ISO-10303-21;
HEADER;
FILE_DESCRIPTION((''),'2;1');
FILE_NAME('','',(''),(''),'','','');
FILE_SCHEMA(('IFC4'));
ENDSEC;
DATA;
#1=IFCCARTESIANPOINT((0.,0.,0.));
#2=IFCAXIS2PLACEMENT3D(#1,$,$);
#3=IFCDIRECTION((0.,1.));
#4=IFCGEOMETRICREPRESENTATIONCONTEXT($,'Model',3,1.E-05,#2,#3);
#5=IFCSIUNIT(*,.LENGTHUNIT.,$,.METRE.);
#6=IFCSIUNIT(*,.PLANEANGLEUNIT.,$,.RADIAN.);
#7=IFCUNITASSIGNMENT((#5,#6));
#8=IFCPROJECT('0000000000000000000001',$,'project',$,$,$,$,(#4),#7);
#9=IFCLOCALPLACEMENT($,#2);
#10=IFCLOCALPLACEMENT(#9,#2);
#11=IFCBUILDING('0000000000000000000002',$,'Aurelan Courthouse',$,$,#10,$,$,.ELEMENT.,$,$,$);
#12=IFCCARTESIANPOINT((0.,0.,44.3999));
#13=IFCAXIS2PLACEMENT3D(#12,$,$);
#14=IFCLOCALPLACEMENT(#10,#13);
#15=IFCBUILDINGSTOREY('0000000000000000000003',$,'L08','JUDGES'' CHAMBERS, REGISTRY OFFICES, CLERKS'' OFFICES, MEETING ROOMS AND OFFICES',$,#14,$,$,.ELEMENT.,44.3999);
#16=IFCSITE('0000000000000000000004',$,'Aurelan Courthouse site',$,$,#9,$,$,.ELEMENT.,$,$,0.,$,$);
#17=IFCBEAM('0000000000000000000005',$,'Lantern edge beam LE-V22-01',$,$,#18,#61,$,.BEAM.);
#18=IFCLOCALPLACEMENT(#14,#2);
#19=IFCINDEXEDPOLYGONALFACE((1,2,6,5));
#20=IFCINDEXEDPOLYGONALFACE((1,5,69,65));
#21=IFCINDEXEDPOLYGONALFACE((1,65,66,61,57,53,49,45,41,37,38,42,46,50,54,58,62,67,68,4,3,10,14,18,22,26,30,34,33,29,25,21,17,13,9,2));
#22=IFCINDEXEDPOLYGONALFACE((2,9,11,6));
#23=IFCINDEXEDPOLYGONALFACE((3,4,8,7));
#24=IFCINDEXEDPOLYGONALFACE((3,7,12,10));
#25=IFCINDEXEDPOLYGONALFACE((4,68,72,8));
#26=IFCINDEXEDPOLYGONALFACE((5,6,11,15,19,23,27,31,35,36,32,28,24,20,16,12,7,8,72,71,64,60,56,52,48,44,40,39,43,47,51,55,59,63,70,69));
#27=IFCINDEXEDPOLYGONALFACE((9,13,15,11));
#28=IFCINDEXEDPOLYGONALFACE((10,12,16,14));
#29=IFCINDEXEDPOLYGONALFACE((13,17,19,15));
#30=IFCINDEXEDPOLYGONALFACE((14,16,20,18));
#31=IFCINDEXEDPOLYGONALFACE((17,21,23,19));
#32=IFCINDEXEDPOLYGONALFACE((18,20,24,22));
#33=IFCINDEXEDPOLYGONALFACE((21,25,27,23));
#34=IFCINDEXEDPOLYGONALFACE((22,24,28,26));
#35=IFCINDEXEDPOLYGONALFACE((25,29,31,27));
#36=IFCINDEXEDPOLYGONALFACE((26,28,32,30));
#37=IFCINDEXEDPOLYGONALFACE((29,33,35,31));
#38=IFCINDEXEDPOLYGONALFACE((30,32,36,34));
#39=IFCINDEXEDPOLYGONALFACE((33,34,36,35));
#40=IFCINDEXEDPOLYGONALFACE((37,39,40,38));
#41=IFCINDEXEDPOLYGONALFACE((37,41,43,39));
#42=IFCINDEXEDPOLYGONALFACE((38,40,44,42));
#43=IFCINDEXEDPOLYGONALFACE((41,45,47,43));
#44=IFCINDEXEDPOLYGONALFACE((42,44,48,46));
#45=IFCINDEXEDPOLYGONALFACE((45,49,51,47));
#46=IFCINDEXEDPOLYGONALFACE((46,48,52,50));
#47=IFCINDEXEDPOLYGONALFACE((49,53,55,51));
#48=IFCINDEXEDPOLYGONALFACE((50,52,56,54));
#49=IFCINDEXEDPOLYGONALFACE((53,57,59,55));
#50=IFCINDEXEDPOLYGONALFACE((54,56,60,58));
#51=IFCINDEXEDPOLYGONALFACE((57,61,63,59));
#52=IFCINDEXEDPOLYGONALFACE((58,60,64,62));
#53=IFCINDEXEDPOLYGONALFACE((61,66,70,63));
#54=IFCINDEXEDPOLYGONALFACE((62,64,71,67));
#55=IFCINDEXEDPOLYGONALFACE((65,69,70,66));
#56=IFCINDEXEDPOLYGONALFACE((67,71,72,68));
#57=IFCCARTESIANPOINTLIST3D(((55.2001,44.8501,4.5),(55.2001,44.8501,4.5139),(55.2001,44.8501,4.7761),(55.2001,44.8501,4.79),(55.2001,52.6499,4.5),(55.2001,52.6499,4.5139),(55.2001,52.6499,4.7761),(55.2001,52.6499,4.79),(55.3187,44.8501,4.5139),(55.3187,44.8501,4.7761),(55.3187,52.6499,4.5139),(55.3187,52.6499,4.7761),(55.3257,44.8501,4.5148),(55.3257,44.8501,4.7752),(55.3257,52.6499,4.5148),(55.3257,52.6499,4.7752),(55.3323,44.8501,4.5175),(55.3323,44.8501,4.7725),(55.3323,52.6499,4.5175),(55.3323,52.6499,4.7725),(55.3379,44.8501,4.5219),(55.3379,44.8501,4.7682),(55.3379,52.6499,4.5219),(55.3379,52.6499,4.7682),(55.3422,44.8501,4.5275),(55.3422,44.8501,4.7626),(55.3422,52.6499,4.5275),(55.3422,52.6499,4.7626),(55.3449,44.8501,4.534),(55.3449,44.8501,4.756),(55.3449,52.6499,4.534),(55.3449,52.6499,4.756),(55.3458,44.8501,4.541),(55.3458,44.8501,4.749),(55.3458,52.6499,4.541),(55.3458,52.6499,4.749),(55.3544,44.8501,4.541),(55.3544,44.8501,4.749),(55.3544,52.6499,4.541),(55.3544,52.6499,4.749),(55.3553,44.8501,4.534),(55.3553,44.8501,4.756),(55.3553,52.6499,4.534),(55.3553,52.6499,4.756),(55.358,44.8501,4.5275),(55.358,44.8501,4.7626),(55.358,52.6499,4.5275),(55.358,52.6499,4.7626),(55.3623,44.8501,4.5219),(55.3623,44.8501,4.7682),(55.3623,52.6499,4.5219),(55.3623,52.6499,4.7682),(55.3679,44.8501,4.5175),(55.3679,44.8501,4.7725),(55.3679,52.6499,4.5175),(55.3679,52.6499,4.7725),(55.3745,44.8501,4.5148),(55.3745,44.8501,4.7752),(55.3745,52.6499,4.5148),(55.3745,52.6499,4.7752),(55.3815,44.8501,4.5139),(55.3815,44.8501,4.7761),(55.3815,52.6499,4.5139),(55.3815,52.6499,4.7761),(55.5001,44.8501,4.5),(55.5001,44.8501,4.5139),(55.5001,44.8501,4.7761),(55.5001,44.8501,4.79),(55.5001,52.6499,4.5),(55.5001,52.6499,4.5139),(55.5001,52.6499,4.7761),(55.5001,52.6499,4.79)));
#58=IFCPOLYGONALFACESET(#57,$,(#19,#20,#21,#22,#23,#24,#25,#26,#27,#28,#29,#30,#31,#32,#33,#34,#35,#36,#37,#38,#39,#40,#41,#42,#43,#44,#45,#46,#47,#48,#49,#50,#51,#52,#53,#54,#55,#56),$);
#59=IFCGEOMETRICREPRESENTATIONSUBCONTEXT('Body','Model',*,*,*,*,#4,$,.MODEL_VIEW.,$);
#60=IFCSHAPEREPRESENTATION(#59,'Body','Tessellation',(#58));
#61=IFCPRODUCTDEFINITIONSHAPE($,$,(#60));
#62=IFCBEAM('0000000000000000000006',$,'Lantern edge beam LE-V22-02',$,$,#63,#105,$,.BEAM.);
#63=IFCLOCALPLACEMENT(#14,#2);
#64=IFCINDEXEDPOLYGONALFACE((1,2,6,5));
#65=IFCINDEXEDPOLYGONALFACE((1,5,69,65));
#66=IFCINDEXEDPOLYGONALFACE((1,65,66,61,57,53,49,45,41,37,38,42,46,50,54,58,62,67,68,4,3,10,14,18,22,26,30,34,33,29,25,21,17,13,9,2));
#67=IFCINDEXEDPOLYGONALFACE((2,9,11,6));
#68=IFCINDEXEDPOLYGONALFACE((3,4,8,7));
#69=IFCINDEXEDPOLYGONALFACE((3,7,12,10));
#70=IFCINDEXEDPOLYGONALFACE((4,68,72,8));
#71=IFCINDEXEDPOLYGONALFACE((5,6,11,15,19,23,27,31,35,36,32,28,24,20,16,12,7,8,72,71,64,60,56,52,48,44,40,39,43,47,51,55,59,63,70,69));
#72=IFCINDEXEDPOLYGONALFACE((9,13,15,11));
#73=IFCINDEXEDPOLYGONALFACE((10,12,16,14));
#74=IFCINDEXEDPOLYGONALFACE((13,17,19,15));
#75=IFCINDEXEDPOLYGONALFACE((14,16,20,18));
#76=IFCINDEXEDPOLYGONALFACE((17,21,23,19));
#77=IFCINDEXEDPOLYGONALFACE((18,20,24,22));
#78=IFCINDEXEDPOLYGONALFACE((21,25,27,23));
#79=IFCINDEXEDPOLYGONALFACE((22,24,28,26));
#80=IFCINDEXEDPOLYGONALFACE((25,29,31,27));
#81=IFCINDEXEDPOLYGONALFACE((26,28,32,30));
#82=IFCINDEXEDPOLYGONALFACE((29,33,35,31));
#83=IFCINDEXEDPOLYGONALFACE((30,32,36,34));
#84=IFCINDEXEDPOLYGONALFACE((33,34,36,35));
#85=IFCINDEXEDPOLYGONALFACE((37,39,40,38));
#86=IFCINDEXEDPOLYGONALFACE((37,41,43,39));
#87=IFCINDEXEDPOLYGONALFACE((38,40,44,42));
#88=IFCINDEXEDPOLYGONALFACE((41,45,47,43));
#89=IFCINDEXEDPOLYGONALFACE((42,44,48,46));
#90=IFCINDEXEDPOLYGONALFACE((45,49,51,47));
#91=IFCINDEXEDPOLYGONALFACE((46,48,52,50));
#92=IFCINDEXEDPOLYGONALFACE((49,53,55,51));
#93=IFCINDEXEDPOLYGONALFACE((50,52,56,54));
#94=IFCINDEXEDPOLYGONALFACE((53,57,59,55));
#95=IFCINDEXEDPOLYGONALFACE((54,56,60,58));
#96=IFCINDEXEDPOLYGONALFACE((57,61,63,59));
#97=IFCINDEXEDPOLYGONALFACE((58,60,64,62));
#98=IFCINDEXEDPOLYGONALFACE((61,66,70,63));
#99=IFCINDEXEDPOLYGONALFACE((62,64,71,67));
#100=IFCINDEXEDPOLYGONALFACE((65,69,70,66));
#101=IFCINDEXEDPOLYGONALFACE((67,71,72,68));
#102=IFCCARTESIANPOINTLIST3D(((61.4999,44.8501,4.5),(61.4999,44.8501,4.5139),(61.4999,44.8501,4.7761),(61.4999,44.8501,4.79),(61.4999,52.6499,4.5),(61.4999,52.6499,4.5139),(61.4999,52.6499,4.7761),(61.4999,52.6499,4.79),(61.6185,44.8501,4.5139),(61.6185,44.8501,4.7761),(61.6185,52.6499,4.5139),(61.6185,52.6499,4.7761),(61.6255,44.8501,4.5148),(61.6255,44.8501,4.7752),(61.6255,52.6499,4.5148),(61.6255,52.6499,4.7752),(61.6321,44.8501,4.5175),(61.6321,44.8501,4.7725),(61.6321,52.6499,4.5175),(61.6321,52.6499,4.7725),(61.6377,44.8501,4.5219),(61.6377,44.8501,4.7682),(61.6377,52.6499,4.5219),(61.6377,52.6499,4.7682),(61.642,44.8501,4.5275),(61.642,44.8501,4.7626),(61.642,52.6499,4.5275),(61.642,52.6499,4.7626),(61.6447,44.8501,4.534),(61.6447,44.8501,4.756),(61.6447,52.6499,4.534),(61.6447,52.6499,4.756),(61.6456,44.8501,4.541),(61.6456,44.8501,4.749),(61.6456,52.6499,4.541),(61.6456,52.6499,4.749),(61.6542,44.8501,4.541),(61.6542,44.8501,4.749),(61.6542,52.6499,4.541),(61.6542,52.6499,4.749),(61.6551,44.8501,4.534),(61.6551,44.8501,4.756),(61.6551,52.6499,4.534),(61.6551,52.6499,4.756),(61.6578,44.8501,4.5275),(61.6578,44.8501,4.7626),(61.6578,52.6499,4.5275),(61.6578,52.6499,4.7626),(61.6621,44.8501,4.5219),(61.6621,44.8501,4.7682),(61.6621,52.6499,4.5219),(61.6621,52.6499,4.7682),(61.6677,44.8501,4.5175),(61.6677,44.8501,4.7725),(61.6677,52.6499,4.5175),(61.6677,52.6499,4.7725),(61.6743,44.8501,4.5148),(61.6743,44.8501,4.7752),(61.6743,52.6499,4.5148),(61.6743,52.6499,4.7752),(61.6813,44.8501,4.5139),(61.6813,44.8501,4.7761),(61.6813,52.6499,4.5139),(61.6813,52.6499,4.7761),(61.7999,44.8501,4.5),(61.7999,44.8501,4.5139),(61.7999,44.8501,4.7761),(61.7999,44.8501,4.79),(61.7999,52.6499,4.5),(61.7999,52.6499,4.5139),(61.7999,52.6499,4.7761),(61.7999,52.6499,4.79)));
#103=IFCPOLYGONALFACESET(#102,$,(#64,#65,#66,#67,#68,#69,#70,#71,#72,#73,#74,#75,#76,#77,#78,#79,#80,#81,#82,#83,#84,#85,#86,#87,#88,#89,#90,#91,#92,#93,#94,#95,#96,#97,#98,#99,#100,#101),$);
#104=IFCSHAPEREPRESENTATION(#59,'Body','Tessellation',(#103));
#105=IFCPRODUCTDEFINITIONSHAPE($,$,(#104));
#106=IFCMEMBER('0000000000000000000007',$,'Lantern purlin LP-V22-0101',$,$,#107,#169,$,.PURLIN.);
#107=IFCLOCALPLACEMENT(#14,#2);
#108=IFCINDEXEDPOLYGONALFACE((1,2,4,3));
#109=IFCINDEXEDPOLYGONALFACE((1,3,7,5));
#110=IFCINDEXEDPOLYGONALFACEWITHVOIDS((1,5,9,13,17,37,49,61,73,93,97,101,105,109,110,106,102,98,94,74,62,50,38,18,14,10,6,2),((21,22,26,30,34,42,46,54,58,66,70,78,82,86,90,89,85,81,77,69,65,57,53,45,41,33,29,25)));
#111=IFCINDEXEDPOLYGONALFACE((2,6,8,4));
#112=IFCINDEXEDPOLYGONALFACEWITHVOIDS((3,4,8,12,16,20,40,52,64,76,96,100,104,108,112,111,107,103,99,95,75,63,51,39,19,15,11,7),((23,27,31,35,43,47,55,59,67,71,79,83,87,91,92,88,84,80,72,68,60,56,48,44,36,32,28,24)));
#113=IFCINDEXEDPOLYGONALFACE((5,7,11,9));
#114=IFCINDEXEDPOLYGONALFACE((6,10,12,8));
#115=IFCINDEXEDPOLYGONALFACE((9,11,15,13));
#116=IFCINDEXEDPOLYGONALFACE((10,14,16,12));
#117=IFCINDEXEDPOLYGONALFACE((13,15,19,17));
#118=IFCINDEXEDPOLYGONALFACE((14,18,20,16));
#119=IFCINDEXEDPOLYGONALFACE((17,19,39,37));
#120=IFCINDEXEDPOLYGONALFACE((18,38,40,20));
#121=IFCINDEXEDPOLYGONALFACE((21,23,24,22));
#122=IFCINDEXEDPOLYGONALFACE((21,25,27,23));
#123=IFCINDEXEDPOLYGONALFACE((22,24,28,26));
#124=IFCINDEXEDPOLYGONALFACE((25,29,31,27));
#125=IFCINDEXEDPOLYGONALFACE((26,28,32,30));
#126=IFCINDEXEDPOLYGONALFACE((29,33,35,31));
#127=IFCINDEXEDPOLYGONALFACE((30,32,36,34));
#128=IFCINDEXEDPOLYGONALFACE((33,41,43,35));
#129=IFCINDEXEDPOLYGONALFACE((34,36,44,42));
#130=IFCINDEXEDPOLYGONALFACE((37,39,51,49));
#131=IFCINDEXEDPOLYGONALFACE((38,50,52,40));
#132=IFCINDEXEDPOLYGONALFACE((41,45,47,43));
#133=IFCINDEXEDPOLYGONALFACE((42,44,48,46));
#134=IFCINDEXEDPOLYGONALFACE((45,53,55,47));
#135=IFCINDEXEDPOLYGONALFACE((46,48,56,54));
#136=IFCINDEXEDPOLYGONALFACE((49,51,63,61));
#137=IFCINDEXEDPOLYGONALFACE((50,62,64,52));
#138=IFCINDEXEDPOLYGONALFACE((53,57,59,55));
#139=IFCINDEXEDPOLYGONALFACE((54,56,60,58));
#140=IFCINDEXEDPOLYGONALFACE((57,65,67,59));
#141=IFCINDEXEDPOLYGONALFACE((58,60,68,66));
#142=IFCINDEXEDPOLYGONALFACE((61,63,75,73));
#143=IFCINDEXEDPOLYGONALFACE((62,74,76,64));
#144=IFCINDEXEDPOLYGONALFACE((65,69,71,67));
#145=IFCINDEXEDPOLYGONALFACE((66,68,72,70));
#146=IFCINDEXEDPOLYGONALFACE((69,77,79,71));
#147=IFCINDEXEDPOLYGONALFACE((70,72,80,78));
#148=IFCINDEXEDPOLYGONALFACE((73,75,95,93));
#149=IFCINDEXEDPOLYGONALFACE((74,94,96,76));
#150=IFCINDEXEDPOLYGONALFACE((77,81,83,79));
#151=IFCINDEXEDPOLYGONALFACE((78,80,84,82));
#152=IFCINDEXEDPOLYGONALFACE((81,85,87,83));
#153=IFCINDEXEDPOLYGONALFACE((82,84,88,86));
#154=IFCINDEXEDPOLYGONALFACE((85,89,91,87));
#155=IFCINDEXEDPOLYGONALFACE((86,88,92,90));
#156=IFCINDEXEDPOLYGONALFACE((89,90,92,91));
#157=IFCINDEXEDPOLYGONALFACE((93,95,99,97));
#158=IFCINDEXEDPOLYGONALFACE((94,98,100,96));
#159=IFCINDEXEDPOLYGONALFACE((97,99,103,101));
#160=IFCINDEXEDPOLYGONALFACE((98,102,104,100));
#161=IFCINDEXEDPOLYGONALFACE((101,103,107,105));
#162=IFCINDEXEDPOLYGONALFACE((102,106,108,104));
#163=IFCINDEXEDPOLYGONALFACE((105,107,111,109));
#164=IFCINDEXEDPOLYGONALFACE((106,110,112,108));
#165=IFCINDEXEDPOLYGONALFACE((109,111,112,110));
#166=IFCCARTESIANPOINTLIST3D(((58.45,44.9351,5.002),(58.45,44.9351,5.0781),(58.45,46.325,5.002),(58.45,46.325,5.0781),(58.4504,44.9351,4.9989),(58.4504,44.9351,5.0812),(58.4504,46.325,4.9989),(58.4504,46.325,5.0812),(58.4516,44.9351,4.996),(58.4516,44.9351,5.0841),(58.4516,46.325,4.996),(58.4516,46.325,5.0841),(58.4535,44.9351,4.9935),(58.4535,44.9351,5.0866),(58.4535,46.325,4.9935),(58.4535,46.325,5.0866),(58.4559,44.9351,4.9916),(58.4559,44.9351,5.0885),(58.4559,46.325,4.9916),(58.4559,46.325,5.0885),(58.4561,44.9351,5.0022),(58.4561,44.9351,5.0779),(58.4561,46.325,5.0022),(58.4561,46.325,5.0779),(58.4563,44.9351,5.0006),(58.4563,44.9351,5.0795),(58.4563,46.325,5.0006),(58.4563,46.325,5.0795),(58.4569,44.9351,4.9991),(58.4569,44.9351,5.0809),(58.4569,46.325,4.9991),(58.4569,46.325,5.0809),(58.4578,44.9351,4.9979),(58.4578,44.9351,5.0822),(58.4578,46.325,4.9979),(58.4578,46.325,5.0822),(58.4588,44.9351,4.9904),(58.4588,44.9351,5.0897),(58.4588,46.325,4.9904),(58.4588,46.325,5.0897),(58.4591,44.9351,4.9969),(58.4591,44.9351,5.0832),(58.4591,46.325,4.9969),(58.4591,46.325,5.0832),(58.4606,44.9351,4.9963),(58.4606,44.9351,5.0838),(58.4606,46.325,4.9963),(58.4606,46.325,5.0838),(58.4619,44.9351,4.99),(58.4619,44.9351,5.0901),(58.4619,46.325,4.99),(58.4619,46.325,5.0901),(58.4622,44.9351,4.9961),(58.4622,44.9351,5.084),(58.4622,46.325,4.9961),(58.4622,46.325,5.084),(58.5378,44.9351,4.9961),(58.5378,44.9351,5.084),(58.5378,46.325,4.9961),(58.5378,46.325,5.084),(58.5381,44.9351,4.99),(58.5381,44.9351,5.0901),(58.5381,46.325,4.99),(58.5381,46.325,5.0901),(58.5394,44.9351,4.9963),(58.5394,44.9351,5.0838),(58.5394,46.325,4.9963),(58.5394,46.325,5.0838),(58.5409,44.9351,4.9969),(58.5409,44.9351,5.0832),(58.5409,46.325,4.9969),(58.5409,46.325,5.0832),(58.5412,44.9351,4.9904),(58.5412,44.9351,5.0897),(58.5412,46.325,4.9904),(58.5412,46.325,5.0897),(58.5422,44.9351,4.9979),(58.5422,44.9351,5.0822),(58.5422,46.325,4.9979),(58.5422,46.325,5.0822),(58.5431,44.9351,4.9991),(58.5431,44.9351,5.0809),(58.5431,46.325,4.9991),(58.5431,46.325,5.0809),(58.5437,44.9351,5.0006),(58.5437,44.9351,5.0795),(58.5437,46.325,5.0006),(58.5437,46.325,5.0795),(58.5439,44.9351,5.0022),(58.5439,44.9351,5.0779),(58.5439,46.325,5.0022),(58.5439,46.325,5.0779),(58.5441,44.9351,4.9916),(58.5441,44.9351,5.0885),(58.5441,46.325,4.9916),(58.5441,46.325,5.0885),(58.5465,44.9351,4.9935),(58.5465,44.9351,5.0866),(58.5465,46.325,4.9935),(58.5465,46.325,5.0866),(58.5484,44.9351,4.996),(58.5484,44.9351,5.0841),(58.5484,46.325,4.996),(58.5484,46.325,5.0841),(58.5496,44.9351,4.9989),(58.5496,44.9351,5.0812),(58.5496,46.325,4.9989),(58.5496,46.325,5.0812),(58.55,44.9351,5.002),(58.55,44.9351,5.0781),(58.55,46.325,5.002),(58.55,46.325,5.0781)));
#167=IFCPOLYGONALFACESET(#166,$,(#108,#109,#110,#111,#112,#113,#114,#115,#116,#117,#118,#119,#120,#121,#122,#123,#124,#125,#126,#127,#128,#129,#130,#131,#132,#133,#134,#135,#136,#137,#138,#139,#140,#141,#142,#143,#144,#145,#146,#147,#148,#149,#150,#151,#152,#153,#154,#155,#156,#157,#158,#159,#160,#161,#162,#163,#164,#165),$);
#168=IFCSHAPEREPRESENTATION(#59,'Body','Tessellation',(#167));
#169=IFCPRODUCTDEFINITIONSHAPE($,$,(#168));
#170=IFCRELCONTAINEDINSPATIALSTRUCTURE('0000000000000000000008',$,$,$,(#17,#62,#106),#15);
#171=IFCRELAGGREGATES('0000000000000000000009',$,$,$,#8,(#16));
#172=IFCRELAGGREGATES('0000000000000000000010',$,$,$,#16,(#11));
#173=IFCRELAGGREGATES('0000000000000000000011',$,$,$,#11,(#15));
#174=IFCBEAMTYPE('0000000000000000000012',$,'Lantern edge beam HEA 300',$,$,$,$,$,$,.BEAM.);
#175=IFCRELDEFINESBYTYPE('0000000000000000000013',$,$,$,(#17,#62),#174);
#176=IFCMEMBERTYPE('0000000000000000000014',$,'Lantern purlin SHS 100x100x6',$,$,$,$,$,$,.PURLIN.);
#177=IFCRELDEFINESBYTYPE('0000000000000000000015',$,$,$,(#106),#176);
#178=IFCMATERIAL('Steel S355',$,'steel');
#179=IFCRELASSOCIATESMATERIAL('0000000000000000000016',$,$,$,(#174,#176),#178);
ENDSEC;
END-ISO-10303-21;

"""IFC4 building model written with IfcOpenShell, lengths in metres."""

from ifc_helpers import new_model, si_unit, direction, frame, origin, origin_2d, place, context, subcontext, project, spatial, hollow_rectangle, i_section, extrude, material, material_profile, profile_set, type_object, element, save


model = new_model("IFC4")

# Units and contexts
model_context = context("Model", 3, precision=1e-05, world=origin(), true_north=direction((0.0, 1.0)))
body_context = subcontext(model_context, "Body", "Model", "MODEL_VIEW")
ifc_project = project(units=[si_unit("LENGTHUNIT", "METRE"), si_unit("PLANEANGLEUNIT", "RADIAN")], contexts=[model_context])

# Site, building, storey
site_placement = place(None, origin())
site = spatial("IfcSite", under=ifc_project, at=site_placement, Name="Aurelan Courthouse site", CompositionType="ELEMENT", RefElevation=0.0)
building_placement = place(site_placement, origin())
building = spatial("IfcBuilding", under=site, at=building_placement, Name="Aurelan Courthouse", CompositionType="ELEMENT")
storey_placement = place(building_placement, frame((0.0, 0.0, 44.3999)))
storey = spatial("IfcBuildingStorey", under=building, at=storey_placement, Name="L08", Description="JUDGES' CHAMBERS, REGISTRY OFFICES, CLERKS' OFFICES, MEETING ROOMS AND OFFICES", CompositionType="ELEMENT", Elevation=44.3999)

# Beams
ifc_material_1 = material(Name="Steel S355", Category="steel")
ifc_material_profile_1 = material_profile(ifc_material_1, i_section(OverallWidth=0.3, OverallDepth=0.29, WebThickness=0.0085, FlangeThickness=0.0139, FilletRadius=0.0271, at=origin_2d()), Name="HEA 300")
ifc_profile_set_1 = profile_set([ifc_material_profile_1], Name="Steel S355")
beam_type_1 = type_object("IfcBeamType", Name="Lantern edge beam HEA 300", PredefinedType="BEAM", material=ifc_profile_set_1)
for number, where, z_axis, x_axis, name in (
    (1, (55.3501, 44.8501, 4.645), (0.0, 1.0, 0.0), (-1.0, 0.0, 0.0), "Lantern edge beam LE-V22-01"),
    (2, (61.6499, 44.8501, 4.645), (0.0, 1.0, 0.0), (-1.0, 0.0, 0.0), "Lantern edge beam LE-V22-02"),
):
    element("IfcBeam", number, at=place(storey_placement, frame(where, z_axis=z_axis, x_axis=x_axis)), inside=storey, type_object=beam_type_1, Name=name, PredefinedType="BEAM", context=body_context, shape_type="SweptSolid", body=[
        extrude(i_section(OverallWidth=0.3, OverallDepth=0.29, WebThickness=0.0085, FlangeThickness=0.0139, FilletRadius=0.0271, at=origin_2d()), origin(), (0.0, 0.0, 1.0), 7.7998),
    ])

# Member
ifc_material_profile_2 = material_profile(ifc_material_1, hollow_rectangle(XDim=0.1001, YDim=0.1001, WallThickness=0.0061, InnerFilletRadius=0.0061, OuterFilletRadius=0.012, at=origin_2d()), Name="SHS 100x100x6")
ifc_profile_set_2 = profile_set([ifc_material_profile_2], Name="Steel S355")
member_type_1 = type_object("IfcMemberType", Name="Lantern purlin SHS 100x100x6", PredefinedType="PURLIN", material=ifc_profile_set_2)
member_1_placement = place(storey_placement, frame((58.5, 44.9351, 5.04), z_axis=(0.0, 1.0, 0.0), x_axis=(-1.0, 0.0, 0.0)))
element("IfcMember", 3, at=member_1_placement, inside=storey, type_object=member_type_1, Name="Lantern purlin LP-V22-0101", PredefinedType="PURLIN", context=body_context, shape_type="SweptSolid", body=[
    extrude(hollow_rectangle(XDim=0.1001, YDim=0.1001, WallThickness=0.0061, InnerFilletRadius=0.0061, OuterFilletRadius=0.012, at=origin_2d()), origin(), (0.0, 0.0, 1.0), 1.3899),
])

save(model, "model.ifc")
